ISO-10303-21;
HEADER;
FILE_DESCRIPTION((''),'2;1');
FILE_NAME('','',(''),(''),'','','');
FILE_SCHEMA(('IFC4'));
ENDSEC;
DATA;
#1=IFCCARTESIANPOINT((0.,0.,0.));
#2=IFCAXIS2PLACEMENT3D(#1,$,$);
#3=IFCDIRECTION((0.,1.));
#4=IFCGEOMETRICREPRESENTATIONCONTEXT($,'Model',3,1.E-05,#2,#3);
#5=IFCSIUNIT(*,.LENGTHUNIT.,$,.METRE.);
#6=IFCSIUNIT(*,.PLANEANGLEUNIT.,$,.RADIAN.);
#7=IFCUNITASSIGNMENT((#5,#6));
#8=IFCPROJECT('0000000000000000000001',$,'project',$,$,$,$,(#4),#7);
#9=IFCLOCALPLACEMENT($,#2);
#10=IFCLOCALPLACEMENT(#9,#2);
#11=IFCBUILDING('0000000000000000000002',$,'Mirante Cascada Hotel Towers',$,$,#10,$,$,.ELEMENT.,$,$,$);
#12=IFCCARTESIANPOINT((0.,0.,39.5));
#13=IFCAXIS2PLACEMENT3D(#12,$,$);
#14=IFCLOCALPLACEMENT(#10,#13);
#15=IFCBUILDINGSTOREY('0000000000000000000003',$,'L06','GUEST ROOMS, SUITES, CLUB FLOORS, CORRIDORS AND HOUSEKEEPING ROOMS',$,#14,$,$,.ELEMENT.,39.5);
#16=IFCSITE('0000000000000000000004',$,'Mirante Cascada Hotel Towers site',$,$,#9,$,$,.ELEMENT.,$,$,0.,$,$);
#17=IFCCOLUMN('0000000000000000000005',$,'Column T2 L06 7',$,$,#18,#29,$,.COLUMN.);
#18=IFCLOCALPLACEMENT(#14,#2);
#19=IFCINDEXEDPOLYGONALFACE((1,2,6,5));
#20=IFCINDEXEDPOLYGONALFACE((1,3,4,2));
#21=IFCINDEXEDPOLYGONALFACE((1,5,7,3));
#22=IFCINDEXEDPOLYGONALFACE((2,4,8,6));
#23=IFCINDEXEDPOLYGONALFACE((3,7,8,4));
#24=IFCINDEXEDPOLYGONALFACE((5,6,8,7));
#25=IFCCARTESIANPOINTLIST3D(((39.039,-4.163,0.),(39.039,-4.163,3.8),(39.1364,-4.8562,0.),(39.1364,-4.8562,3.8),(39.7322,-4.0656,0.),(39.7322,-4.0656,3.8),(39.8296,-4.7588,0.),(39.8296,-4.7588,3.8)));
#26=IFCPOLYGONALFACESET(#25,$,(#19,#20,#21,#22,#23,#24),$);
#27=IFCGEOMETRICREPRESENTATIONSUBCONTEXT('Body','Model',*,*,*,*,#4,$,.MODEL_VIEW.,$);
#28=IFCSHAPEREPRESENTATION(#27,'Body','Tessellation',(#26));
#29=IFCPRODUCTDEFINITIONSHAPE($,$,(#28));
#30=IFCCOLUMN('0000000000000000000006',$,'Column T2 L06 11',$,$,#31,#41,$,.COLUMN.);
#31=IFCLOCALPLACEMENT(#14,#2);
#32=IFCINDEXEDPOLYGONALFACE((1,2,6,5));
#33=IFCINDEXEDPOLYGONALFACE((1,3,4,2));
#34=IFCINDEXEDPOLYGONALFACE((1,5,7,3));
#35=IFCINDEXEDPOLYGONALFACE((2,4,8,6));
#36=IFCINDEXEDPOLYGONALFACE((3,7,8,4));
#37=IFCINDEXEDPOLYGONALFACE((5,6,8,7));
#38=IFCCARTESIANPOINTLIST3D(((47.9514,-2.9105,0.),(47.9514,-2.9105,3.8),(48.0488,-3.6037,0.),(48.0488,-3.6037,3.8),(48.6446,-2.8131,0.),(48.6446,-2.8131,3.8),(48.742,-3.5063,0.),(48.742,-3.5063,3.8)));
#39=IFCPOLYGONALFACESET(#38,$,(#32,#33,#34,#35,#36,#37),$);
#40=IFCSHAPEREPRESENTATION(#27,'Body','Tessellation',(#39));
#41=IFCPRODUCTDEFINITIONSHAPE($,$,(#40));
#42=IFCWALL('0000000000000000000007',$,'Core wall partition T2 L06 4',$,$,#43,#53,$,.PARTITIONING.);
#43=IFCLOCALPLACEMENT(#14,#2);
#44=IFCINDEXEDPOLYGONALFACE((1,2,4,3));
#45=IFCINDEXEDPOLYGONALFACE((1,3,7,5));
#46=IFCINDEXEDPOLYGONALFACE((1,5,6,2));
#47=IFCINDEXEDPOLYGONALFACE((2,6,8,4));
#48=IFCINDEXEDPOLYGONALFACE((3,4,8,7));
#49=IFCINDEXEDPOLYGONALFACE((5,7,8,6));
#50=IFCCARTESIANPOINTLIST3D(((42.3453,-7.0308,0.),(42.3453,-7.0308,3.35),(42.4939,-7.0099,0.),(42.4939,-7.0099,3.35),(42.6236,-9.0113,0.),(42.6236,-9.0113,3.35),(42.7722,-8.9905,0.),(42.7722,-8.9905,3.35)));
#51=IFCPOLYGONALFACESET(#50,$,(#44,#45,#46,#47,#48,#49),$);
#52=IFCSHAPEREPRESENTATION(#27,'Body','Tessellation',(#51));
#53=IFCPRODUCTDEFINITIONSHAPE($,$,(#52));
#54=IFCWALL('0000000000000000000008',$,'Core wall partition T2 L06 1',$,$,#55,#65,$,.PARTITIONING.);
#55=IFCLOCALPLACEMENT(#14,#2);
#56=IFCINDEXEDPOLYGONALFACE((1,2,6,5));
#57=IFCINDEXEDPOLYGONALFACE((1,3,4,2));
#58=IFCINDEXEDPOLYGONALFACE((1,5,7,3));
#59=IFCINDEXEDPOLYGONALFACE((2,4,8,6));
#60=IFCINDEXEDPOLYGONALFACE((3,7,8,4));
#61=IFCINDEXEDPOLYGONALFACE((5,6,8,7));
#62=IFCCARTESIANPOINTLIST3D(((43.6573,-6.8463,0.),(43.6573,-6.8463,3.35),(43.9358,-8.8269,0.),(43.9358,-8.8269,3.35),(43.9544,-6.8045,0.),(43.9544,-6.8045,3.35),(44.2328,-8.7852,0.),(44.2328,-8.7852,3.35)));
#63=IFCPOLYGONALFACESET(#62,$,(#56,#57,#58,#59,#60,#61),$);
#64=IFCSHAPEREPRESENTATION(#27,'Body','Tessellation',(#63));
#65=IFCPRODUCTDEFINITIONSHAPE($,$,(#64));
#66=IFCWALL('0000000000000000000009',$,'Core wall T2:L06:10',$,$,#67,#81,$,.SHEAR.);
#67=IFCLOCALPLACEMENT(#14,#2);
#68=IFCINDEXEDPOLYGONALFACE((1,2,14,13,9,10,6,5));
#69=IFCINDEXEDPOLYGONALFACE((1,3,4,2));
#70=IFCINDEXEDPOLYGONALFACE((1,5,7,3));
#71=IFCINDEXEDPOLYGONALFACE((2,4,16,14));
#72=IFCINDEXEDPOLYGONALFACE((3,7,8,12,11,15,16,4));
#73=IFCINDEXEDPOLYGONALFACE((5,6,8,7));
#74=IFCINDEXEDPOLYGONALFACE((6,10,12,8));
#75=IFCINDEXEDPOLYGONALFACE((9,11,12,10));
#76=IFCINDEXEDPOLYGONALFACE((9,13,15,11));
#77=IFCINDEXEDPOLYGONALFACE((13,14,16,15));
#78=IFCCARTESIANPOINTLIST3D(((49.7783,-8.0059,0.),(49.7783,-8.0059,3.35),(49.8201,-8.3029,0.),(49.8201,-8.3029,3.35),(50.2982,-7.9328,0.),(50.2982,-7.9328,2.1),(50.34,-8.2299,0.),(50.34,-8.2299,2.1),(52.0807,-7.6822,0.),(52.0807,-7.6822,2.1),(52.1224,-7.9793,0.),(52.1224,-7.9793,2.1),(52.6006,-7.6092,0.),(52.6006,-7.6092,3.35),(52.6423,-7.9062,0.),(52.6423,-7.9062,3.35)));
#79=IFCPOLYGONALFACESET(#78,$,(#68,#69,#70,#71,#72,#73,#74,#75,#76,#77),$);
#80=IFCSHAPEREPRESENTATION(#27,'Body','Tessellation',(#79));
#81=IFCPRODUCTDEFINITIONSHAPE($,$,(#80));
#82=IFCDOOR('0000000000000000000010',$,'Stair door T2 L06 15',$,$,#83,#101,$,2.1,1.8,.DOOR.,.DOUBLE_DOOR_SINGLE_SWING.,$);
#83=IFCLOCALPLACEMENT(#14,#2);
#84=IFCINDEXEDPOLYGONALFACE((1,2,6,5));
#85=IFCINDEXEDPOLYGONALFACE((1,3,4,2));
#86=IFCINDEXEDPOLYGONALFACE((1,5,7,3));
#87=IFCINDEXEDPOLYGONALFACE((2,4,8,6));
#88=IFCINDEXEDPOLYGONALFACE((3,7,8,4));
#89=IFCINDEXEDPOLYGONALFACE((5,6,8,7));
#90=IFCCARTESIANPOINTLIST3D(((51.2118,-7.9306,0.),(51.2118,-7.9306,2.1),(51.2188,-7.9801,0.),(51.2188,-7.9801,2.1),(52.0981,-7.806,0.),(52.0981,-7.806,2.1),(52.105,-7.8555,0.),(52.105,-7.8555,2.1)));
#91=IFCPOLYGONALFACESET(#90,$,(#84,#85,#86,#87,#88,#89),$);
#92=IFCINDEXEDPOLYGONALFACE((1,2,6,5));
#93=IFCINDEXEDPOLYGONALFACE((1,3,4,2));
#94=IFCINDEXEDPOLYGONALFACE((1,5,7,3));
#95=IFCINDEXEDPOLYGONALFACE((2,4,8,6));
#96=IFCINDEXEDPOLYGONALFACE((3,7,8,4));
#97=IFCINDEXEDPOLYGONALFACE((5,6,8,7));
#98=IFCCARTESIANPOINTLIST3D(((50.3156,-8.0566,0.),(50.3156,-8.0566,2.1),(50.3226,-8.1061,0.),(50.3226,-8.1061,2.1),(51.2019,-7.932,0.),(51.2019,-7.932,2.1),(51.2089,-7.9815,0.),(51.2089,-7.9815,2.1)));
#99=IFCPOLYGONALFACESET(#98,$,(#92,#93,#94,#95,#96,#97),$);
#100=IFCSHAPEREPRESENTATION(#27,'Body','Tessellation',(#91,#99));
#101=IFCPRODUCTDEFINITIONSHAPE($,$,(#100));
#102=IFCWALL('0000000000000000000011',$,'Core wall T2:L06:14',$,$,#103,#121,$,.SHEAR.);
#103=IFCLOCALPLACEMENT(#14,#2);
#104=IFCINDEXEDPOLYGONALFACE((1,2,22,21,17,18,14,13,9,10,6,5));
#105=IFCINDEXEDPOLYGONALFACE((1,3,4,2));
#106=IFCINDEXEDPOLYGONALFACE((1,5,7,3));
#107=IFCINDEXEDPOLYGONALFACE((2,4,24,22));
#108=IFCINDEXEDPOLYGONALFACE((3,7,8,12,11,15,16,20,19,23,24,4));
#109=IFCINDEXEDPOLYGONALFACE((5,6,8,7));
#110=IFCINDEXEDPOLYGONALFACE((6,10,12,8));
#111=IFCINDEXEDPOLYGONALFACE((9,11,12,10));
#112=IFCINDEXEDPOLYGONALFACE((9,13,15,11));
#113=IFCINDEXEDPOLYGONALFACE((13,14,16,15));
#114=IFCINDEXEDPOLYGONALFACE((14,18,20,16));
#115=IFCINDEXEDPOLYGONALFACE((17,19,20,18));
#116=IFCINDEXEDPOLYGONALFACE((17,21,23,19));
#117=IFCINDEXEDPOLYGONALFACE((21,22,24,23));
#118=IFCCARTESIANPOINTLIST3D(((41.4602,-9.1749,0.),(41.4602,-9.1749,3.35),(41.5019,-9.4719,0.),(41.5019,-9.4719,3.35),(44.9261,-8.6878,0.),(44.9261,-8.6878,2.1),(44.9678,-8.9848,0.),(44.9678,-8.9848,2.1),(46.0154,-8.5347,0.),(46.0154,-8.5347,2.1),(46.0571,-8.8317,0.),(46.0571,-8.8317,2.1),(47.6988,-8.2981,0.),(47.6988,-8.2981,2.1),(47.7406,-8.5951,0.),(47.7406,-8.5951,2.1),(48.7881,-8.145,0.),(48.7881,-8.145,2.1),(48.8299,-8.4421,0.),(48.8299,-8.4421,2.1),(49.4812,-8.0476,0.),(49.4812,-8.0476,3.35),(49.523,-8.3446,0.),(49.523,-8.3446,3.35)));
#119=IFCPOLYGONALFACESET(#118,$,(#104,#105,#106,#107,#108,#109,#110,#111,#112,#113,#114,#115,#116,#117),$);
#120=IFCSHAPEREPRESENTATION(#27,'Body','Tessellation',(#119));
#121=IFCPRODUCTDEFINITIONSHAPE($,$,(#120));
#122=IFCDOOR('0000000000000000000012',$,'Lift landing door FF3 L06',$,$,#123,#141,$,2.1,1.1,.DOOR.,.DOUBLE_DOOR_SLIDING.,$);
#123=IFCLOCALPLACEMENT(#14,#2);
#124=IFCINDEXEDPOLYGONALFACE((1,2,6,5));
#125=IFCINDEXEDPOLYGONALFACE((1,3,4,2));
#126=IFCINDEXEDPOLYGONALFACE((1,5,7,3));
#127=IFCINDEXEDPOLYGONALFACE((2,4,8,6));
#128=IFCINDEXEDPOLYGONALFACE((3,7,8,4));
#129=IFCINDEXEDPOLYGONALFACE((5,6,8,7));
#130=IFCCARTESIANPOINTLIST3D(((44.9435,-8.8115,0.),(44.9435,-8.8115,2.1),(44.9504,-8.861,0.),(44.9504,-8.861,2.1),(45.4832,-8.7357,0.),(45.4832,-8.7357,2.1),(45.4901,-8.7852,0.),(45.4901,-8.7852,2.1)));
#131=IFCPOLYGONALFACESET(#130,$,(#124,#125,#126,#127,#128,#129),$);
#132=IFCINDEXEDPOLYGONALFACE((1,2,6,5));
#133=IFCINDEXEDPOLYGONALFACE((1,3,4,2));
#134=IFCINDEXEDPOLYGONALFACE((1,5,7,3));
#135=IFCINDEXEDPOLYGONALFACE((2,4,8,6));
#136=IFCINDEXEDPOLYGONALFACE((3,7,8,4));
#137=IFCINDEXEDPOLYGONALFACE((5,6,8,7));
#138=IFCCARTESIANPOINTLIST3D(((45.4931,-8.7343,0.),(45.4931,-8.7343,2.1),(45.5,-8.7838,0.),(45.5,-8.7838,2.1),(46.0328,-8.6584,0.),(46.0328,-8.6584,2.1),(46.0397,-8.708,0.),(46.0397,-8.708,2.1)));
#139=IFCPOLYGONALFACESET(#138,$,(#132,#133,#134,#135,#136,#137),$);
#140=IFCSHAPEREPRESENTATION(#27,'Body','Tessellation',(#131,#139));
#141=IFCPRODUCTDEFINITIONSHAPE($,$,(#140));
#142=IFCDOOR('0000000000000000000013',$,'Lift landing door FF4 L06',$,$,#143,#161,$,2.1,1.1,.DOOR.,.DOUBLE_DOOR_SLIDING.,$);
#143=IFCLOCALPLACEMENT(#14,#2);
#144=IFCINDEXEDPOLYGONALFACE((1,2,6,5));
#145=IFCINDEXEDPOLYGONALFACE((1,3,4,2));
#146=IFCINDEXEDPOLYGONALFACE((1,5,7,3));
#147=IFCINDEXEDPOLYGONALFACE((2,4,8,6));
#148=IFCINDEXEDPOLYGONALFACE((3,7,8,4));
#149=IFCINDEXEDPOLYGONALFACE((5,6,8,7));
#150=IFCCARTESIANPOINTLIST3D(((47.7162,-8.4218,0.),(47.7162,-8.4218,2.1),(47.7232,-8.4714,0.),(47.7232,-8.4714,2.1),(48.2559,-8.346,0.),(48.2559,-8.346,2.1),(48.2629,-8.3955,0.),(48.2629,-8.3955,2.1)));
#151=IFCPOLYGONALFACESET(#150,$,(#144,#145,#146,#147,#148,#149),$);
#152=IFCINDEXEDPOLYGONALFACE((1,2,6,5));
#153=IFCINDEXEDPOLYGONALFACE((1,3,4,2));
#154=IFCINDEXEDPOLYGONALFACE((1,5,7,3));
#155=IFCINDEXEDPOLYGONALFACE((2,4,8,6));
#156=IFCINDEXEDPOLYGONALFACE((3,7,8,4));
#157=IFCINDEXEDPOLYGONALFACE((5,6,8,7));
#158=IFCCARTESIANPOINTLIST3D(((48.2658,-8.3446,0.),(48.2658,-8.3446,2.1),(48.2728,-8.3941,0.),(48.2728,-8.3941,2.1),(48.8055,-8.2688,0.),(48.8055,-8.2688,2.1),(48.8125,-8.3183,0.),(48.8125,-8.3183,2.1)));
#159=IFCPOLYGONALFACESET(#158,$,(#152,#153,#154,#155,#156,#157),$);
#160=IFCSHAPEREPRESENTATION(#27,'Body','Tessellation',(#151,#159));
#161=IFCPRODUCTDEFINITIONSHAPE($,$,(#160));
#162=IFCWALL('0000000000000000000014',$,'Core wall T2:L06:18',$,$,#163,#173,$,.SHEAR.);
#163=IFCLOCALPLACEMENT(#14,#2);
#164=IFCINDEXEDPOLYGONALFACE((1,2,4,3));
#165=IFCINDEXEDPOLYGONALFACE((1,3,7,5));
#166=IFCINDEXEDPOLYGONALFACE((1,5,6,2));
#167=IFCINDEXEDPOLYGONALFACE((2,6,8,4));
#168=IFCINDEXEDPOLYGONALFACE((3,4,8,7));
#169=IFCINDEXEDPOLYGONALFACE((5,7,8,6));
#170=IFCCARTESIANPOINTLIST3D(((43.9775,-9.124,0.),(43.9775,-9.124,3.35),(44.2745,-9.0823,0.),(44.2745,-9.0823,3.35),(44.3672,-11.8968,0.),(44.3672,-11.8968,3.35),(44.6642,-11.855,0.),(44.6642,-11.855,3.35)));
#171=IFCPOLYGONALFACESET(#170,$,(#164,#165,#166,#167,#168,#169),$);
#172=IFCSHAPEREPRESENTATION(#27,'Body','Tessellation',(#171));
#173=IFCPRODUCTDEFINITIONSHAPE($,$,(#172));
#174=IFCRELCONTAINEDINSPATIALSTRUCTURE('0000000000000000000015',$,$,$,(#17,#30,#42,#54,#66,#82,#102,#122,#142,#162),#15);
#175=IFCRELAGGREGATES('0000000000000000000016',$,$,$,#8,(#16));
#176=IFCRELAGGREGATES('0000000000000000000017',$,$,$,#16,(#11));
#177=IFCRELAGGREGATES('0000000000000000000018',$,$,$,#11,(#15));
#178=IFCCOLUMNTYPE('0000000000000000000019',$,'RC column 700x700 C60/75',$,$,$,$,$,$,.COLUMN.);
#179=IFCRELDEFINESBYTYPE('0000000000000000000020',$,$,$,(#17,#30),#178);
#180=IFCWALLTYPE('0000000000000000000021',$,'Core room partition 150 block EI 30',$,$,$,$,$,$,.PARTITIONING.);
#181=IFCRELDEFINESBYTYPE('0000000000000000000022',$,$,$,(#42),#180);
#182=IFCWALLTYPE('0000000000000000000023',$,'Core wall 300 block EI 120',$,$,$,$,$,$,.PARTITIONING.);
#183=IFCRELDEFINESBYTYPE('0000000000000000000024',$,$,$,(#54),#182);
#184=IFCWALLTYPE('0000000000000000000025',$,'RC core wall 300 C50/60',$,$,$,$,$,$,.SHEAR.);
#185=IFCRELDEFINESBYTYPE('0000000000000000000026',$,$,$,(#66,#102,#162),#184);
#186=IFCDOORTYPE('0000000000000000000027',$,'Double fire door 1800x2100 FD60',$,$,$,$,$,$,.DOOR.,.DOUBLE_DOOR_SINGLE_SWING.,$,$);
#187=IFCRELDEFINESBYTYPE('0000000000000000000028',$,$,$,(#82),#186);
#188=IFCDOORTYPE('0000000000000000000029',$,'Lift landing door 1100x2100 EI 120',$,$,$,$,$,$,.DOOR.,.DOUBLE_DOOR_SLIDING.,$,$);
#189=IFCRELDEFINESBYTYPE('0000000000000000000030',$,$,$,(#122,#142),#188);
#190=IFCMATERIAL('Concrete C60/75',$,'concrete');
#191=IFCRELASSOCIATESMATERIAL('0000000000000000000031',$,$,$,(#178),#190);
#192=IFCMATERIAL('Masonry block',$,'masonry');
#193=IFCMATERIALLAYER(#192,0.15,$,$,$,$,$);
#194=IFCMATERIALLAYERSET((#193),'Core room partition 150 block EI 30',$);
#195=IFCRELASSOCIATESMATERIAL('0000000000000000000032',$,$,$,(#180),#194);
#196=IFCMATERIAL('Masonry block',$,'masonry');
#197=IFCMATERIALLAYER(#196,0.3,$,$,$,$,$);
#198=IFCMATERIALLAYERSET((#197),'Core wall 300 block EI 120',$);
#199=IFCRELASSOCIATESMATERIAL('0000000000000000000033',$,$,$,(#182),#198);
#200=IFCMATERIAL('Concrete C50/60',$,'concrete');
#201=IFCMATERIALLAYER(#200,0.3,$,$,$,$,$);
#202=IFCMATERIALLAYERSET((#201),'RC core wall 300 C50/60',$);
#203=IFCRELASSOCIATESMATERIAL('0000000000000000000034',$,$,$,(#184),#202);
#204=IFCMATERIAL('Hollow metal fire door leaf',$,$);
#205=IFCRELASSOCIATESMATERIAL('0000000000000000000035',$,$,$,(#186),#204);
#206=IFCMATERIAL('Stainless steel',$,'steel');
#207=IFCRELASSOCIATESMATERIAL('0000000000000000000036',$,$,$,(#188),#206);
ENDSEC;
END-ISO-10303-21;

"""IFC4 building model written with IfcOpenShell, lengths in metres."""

from ifc_helpers import new_model, si_unit, direction, frame, frame_2d, origin, origin_2d, place, context, subcontext, project, spatial, rectangle, extrude, material, layer, layer_set, material_profile, profile_set, type_object, element, fill, save


model = new_model("IFC4")

# Units and contexts
model_context = context("Model", 3, precision=1e-05, world=origin(), true_north=direction((0.0, 1.0)))
body_context = subcontext(model_context, "Body", "Model", "MODEL_VIEW")
ifc_project = project(units=[si_unit("LENGTHUNIT", "METRE"), si_unit("PLANEANGLEUNIT", "RADIAN")], contexts=[model_context])

# Site, building, storey
site_placement = place(None, origin())
site = spatial("IfcSite", under=ifc_project, at=site_placement, Name="Mirante Cascada Hotel Towers site", CompositionType="ELEMENT", RefElevation=0.0)
building_placement = place(site_placement, origin())
building = spatial("IfcBuilding", under=site, at=building_placement, Name="Mirante Cascada Hotel Towers", CompositionType="ELEMENT")
storey_placement = place(building_placement, frame((0.0, 0.0, 39.5)))
storey = spatial("IfcBuildingStorey", under=building, at=storey_placement, Name="L06", Description="GUEST ROOMS, SUITES, CLUB FLOORS, CORRIDORS AND HOUSEKEEPING ROOMS", CompositionType="ELEMENT", Elevation=39.5)

# Columns
ifc_material_1 = material(Name="Concrete C60/75", Category="concrete")
ifc_material_profile = material_profile(ifc_material_1, rectangle(XDim=0.7, YDim=0.7, at=origin_2d()), Name="RC column 700x700 C60/75")
ifc_profile_set = profile_set([ifc_material_profile], Name="Concrete C60/75")
column_type = type_object("IfcColumnType", Name="RC column 700x700 C60/75", PredefinedType="COLUMN", material=ifc_profile_set)
for number, where, z_axis, x_axis, name in (
    (1, (39.4343, -4.4609, 0.0), (0.0, 0.0, 1.0), (0.990268, 0.139173, 0.0), "Column T2 L06 7"),
    (2, (48.3467, -3.2084, 0.0), (0.0, 0.0, 1.0), (0.990268, 0.139173, 0.0), "Column T2 L06 11"),
):
    element("IfcColumn", number, at=place(storey_placement, frame(where, z_axis=z_axis, x_axis=x_axis)), inside=storey, type_object=column_type, Name=name, PredefinedType="COLUMN", context=body_context, shape_type="SweptSolid", body=[
        extrude(rectangle(XDim=0.7, YDim=0.7, at=origin_2d()), origin(), (0.0, 0.0, 1.0), 3.8),
    ])

# Walls
ifc_material_2 = material(Name="Masonry block", Category="masonry")
ifc_layer_1 = layer(ifc_material_2, 0.15)
ifc_layer_set_1 = layer_set([ifc_layer_1], Name="Core room partition 150 block EI 30")
wall_type_1 = type_object("IfcWallType", Name="Core room partition 150 block EI 30", PredefinedType="PARTITIONING", material=ifc_layer_set_1)
wall_1_placement = place(storey_placement, frame((42.6979, -9.0009, 0.0), z_axis=(0.0, 0.0, 1.0), x_axis=(-0.139153, 0.990271, 0.0)))
element("IfcWall", 3, at=wall_1_placement, inside=storey, type_object=wall_type_1, Name="Core wall partition T2 L06 4", PredefinedType="PARTITIONING", context=body_context, shape_type="SweptSolid", body=[
    extrude(rectangle(XDim=2.0, YDim=0.15, at=frame_2d((1.0, 0.0))), origin(), (0.0, 0.0, 1.0), 3.35),
])
ifc_material_3 = material(Name="Masonry block", Category="masonry")
ifc_layer_2 = layer(ifc_material_3, 0.3)
ifc_layer_set_2 = layer_set([ifc_layer_2], Name="Core wall 300 block EI 120")
wall_type_2 = type_object("IfcWallType", Name="Core wall 300 block EI 120", PredefinedType="PARTITIONING", material=ifc_layer_set_2)
wall_2_placement = place(storey_placement, frame((44.0843, -8.8061, 0.0), z_axis=(0.0, 0.0, 1.0), x_axis=(-0.139195, 0.990265, 0.0)))
element("IfcWall", 4, at=wall_2_placement, inside=storey, type_object=wall_type_2, Name="Core wall partition T2 L06 1", PredefinedType="PARTITIONING", context=body_context, shape_type="SweptSolid", body=[
    extrude(rectangle(XDim=2.0001, YDim=0.3, at=frame_2d((1.0001, 0.0))), origin(), (0.0, 0.0, 1.0), 3.35),
])

# Wall, opening, door
ifc_material_4 = material(Name="Concrete C50/60", Category="concrete")
ifc_layer_3 = layer(ifc_material_4, 0.3)
ifc_layer_set_3 = layer_set([ifc_layer_3], Name="RC core wall 300 C50/60")
wall_type_3 = type_object("IfcWallType", Name="RC core wall 300 C50/60", PredefinedType="SHEAR", material=ifc_layer_set_3)
wall_3_placement = place(storey_placement, frame((49.7992, -8.1544, 0.0), z_axis=(0.0, 0.0, 1.0), x_axis=(0.990266, 0.139191, 0.0)))
wall_3 = element("IfcWall", 5, at=wall_3_placement, inside=storey, type_object=wall_type_3, Name="Core wall T2:L06:10", PredefinedType="SHEAR", context=body_context, shape_type="SweptSolid", body=[
    extrude(rectangle(XDim=2.85, YDim=0.3, at=frame_2d((1.425, 0.0))), origin(), (0.0, 0.0, 1.0), 3.35),
])
opening_1_placement = place(wall_3_placement, frame((0.525, 0.0, 0.0)))
opening_1 = element("IfcOpeningElement", 6, at=opening_1_placement, cuts=wall_3, PredefinedType="OPENING", context=body_context, shape_type="SweptSolid", body=[
    extrude(rectangle(XDim=1.8, YDim=2.1, at=frame_2d((0.9, 1.05))), frame((0.0, 0.15, 0.0), z_axis=(0.0, -1.0, 0.0), x_axis=(1.0, 0.0, 0.0)), (0.0, 0.0, 1.0), 0.3),
])
ifc_material_5 = material(Name="Hollow metal fire door leaf")
door_type_1 = type_object("IfcDoorType", Name="Double fire door 1800x2100 FD60", OperationType="DOUBLE_DOOR_SINGLE_SWING", PredefinedType="DOOR", material=ifc_material_5)
door_1_placement = place(opening_1_placement, frame((1.8, 0.0, 0.0), z_axis=(0.0, 0.0, 1.0), x_axis=(-1.0, 0.0, 0.0)))
door_1 = element("IfcDoor", 7, at=door_1_placement, inside=storey, type_object=door_type_1, Name="Stair door T2 L06 15", OperationType="DOUBLE_DOOR_SINGLE_SWING", OverallHeight=2.1, OverallWidth=1.8, PredefinedType="DOOR", context=body_context, shape_type="SweptSolid", body=[
    extrude(rectangle(XDim=0.895, YDim=2.1, at=frame_2d((0.4475, 1.05))), frame((0.0, 0.025, 0.0), z_axis=(0.0, -1.0, 0.0), x_axis=(1.0, 0.0, 0.0)), (0.0, 0.0, 1.0), 0.05),
    extrude(rectangle(XDim=0.895, YDim=2.1, at=frame_2d((1.3525, 1.05))), frame((0.0, 0.025, 0.0), z_axis=(0.0, -1.0, 0.0), x_axis=(1.0, 0.0, 0.0)), (0.0, 0.0, 1.0), 0.05),
])
fill(opening_1, door_1)

# Wall, openings, doors
wall_4_placement = place(storey_placement, frame((41.481, -9.3234, 0.0), z_axis=(0.0, 0.0, 1.0), x_axis=(0.990268, 0.139174, 0.0)))
wall_4 = element("IfcWall", 8, at=wall_4_placement, inside=storey, type_object=wall_type_3, Name="Core wall T2:L06:14", PredefinedType="SHEAR", context=body_context, shape_type="SweptSolid", body=[
    extrude(rectangle(XDim=8.0999, YDim=0.3, at=frame_2d((4.05, 0.0))), origin(), (0.0, 0.0, 1.0), 3.35),
])
opening_2_placement = place(wall_4_placement, frame((3.5, 0.0, 0.0)))
opening_2 = element("IfcOpeningElement", 9, at=opening_2_placement, cuts=wall_4, PredefinedType="OPENING", context=body_context, shape_type="SweptSolid", body=[
    extrude(rectangle(XDim=1.1, YDim=2.1, at=frame_2d((0.55, 1.05))), frame((0.0, 0.15, 0.0), z_axis=(0.0, -1.0, 0.0), x_axis=(1.0, 0.0, 0.0)), (0.0, 0.0, 1.0), 0.3),
])
opening_3_placement = place(wall_4_placement, frame((6.3, 0.0, 0.0)))
opening_3 = element("IfcOpeningElement", 10, at=opening_3_placement, cuts=wall_4, PredefinedType="OPENING", context=body_context, shape_type="SweptSolid", body=[
    extrude(rectangle(XDim=1.1, YDim=2.1, at=frame_2d((0.55, 1.05))), frame((0.0, 0.15, 0.0), z_axis=(0.0, -1.0, 0.0), x_axis=(1.0, 0.0, 0.0)), (0.0, 0.0, 1.0), 0.3),
])
ifc_material_6 = material(Name="Stainless steel", Category="steel")
door_type_2 = type_object("IfcDoorType", Name="Lift landing door 1100x2100 EI 120", OperationType="DOUBLE_DOOR_SLIDING", PredefinedType="DOOR", material=ifc_material_6)
door_2_placement = place(opening_2_placement, origin())
door_2 = element("IfcDoor", 11, at=door_2_placement, inside=storey, type_object=door_type_2, Name="Lift landing door FF3 L06", OperationType="DOUBLE_DOOR_SLIDING", OverallHeight=2.1, OverallWidth=1.1, PredefinedType="DOOR", context=body_context, shape_type="SweptSolid", body=[
    extrude(rectangle(XDim=0.545, YDim=2.1, at=frame_2d((0.2725, 1.05))), frame((0.0, 0.025, 0.0), z_axis=(0.0, -1.0, 0.0), x_axis=(1.0, 0.0, 0.0)), (0.0, 0.0, 1.0), 0.05),
    extrude(rectangle(XDim=0.545, YDim=2.1, at=frame_2d((0.8275, 1.05))), frame((0.0, 0.025, 0.0), z_axis=(0.0, -1.0, 0.0), x_axis=(1.0, 0.0, 0.0)), (0.0, 0.0, 1.0), 0.05),
])
fill(opening_2, door_2)
door_3_placement = place(opening_3_placement, origin())
door_3 = element("IfcDoor", 12, at=door_3_placement, inside=storey, type_object=door_type_2, Name="Lift landing door FF4 L06", OperationType="DOUBLE_DOOR_SLIDING", OverallHeight=2.1, OverallWidth=1.1, PredefinedType="DOOR", context=body_context, shape_type="SweptSolid", body=[
    extrude(rectangle(XDim=0.545, YDim=2.1, at=frame_2d((0.2725, 1.05))), frame((0.0, 0.025, 0.0), z_axis=(0.0, -1.0, 0.0), x_axis=(1.0, 0.0, 0.0)), (0.0, 0.0, 1.0), 0.05),
    extrude(rectangle(XDim=0.545, YDim=2.1, at=frame_2d((0.8275, 1.05))), frame((0.0, 0.025, 0.0), z_axis=(0.0, -1.0, 0.0), x_axis=(1.0, 0.0, 0.0)), (0.0, 0.0, 1.0), 0.05),
])
fill(opening_3, door_3)

# Wall
for number, where, z_axis, x_axis, name in (
    (13, (44.5157, -11.8759, 0.0), (0.0, 0.0, 1.0), (-0.139181, 0.990267, 0.0), "Core wall T2:L06:18"),
):
    element("IfcWall", number, at=place(storey_placement, frame(where, z_axis=z_axis, x_axis=x_axis)), inside=storey, type_object=wall_type_3, Name=name, PredefinedType="SHEAR", context=body_context, shape_type="SweptSolid", body=[
        extrude(rectangle(XDim=2.8, YDim=0.3, at=frame_2d((1.4, 0.0))), origin(), (0.0, 0.0, 1.0), 3.35),
    ])

save(model, "model.ifc")
